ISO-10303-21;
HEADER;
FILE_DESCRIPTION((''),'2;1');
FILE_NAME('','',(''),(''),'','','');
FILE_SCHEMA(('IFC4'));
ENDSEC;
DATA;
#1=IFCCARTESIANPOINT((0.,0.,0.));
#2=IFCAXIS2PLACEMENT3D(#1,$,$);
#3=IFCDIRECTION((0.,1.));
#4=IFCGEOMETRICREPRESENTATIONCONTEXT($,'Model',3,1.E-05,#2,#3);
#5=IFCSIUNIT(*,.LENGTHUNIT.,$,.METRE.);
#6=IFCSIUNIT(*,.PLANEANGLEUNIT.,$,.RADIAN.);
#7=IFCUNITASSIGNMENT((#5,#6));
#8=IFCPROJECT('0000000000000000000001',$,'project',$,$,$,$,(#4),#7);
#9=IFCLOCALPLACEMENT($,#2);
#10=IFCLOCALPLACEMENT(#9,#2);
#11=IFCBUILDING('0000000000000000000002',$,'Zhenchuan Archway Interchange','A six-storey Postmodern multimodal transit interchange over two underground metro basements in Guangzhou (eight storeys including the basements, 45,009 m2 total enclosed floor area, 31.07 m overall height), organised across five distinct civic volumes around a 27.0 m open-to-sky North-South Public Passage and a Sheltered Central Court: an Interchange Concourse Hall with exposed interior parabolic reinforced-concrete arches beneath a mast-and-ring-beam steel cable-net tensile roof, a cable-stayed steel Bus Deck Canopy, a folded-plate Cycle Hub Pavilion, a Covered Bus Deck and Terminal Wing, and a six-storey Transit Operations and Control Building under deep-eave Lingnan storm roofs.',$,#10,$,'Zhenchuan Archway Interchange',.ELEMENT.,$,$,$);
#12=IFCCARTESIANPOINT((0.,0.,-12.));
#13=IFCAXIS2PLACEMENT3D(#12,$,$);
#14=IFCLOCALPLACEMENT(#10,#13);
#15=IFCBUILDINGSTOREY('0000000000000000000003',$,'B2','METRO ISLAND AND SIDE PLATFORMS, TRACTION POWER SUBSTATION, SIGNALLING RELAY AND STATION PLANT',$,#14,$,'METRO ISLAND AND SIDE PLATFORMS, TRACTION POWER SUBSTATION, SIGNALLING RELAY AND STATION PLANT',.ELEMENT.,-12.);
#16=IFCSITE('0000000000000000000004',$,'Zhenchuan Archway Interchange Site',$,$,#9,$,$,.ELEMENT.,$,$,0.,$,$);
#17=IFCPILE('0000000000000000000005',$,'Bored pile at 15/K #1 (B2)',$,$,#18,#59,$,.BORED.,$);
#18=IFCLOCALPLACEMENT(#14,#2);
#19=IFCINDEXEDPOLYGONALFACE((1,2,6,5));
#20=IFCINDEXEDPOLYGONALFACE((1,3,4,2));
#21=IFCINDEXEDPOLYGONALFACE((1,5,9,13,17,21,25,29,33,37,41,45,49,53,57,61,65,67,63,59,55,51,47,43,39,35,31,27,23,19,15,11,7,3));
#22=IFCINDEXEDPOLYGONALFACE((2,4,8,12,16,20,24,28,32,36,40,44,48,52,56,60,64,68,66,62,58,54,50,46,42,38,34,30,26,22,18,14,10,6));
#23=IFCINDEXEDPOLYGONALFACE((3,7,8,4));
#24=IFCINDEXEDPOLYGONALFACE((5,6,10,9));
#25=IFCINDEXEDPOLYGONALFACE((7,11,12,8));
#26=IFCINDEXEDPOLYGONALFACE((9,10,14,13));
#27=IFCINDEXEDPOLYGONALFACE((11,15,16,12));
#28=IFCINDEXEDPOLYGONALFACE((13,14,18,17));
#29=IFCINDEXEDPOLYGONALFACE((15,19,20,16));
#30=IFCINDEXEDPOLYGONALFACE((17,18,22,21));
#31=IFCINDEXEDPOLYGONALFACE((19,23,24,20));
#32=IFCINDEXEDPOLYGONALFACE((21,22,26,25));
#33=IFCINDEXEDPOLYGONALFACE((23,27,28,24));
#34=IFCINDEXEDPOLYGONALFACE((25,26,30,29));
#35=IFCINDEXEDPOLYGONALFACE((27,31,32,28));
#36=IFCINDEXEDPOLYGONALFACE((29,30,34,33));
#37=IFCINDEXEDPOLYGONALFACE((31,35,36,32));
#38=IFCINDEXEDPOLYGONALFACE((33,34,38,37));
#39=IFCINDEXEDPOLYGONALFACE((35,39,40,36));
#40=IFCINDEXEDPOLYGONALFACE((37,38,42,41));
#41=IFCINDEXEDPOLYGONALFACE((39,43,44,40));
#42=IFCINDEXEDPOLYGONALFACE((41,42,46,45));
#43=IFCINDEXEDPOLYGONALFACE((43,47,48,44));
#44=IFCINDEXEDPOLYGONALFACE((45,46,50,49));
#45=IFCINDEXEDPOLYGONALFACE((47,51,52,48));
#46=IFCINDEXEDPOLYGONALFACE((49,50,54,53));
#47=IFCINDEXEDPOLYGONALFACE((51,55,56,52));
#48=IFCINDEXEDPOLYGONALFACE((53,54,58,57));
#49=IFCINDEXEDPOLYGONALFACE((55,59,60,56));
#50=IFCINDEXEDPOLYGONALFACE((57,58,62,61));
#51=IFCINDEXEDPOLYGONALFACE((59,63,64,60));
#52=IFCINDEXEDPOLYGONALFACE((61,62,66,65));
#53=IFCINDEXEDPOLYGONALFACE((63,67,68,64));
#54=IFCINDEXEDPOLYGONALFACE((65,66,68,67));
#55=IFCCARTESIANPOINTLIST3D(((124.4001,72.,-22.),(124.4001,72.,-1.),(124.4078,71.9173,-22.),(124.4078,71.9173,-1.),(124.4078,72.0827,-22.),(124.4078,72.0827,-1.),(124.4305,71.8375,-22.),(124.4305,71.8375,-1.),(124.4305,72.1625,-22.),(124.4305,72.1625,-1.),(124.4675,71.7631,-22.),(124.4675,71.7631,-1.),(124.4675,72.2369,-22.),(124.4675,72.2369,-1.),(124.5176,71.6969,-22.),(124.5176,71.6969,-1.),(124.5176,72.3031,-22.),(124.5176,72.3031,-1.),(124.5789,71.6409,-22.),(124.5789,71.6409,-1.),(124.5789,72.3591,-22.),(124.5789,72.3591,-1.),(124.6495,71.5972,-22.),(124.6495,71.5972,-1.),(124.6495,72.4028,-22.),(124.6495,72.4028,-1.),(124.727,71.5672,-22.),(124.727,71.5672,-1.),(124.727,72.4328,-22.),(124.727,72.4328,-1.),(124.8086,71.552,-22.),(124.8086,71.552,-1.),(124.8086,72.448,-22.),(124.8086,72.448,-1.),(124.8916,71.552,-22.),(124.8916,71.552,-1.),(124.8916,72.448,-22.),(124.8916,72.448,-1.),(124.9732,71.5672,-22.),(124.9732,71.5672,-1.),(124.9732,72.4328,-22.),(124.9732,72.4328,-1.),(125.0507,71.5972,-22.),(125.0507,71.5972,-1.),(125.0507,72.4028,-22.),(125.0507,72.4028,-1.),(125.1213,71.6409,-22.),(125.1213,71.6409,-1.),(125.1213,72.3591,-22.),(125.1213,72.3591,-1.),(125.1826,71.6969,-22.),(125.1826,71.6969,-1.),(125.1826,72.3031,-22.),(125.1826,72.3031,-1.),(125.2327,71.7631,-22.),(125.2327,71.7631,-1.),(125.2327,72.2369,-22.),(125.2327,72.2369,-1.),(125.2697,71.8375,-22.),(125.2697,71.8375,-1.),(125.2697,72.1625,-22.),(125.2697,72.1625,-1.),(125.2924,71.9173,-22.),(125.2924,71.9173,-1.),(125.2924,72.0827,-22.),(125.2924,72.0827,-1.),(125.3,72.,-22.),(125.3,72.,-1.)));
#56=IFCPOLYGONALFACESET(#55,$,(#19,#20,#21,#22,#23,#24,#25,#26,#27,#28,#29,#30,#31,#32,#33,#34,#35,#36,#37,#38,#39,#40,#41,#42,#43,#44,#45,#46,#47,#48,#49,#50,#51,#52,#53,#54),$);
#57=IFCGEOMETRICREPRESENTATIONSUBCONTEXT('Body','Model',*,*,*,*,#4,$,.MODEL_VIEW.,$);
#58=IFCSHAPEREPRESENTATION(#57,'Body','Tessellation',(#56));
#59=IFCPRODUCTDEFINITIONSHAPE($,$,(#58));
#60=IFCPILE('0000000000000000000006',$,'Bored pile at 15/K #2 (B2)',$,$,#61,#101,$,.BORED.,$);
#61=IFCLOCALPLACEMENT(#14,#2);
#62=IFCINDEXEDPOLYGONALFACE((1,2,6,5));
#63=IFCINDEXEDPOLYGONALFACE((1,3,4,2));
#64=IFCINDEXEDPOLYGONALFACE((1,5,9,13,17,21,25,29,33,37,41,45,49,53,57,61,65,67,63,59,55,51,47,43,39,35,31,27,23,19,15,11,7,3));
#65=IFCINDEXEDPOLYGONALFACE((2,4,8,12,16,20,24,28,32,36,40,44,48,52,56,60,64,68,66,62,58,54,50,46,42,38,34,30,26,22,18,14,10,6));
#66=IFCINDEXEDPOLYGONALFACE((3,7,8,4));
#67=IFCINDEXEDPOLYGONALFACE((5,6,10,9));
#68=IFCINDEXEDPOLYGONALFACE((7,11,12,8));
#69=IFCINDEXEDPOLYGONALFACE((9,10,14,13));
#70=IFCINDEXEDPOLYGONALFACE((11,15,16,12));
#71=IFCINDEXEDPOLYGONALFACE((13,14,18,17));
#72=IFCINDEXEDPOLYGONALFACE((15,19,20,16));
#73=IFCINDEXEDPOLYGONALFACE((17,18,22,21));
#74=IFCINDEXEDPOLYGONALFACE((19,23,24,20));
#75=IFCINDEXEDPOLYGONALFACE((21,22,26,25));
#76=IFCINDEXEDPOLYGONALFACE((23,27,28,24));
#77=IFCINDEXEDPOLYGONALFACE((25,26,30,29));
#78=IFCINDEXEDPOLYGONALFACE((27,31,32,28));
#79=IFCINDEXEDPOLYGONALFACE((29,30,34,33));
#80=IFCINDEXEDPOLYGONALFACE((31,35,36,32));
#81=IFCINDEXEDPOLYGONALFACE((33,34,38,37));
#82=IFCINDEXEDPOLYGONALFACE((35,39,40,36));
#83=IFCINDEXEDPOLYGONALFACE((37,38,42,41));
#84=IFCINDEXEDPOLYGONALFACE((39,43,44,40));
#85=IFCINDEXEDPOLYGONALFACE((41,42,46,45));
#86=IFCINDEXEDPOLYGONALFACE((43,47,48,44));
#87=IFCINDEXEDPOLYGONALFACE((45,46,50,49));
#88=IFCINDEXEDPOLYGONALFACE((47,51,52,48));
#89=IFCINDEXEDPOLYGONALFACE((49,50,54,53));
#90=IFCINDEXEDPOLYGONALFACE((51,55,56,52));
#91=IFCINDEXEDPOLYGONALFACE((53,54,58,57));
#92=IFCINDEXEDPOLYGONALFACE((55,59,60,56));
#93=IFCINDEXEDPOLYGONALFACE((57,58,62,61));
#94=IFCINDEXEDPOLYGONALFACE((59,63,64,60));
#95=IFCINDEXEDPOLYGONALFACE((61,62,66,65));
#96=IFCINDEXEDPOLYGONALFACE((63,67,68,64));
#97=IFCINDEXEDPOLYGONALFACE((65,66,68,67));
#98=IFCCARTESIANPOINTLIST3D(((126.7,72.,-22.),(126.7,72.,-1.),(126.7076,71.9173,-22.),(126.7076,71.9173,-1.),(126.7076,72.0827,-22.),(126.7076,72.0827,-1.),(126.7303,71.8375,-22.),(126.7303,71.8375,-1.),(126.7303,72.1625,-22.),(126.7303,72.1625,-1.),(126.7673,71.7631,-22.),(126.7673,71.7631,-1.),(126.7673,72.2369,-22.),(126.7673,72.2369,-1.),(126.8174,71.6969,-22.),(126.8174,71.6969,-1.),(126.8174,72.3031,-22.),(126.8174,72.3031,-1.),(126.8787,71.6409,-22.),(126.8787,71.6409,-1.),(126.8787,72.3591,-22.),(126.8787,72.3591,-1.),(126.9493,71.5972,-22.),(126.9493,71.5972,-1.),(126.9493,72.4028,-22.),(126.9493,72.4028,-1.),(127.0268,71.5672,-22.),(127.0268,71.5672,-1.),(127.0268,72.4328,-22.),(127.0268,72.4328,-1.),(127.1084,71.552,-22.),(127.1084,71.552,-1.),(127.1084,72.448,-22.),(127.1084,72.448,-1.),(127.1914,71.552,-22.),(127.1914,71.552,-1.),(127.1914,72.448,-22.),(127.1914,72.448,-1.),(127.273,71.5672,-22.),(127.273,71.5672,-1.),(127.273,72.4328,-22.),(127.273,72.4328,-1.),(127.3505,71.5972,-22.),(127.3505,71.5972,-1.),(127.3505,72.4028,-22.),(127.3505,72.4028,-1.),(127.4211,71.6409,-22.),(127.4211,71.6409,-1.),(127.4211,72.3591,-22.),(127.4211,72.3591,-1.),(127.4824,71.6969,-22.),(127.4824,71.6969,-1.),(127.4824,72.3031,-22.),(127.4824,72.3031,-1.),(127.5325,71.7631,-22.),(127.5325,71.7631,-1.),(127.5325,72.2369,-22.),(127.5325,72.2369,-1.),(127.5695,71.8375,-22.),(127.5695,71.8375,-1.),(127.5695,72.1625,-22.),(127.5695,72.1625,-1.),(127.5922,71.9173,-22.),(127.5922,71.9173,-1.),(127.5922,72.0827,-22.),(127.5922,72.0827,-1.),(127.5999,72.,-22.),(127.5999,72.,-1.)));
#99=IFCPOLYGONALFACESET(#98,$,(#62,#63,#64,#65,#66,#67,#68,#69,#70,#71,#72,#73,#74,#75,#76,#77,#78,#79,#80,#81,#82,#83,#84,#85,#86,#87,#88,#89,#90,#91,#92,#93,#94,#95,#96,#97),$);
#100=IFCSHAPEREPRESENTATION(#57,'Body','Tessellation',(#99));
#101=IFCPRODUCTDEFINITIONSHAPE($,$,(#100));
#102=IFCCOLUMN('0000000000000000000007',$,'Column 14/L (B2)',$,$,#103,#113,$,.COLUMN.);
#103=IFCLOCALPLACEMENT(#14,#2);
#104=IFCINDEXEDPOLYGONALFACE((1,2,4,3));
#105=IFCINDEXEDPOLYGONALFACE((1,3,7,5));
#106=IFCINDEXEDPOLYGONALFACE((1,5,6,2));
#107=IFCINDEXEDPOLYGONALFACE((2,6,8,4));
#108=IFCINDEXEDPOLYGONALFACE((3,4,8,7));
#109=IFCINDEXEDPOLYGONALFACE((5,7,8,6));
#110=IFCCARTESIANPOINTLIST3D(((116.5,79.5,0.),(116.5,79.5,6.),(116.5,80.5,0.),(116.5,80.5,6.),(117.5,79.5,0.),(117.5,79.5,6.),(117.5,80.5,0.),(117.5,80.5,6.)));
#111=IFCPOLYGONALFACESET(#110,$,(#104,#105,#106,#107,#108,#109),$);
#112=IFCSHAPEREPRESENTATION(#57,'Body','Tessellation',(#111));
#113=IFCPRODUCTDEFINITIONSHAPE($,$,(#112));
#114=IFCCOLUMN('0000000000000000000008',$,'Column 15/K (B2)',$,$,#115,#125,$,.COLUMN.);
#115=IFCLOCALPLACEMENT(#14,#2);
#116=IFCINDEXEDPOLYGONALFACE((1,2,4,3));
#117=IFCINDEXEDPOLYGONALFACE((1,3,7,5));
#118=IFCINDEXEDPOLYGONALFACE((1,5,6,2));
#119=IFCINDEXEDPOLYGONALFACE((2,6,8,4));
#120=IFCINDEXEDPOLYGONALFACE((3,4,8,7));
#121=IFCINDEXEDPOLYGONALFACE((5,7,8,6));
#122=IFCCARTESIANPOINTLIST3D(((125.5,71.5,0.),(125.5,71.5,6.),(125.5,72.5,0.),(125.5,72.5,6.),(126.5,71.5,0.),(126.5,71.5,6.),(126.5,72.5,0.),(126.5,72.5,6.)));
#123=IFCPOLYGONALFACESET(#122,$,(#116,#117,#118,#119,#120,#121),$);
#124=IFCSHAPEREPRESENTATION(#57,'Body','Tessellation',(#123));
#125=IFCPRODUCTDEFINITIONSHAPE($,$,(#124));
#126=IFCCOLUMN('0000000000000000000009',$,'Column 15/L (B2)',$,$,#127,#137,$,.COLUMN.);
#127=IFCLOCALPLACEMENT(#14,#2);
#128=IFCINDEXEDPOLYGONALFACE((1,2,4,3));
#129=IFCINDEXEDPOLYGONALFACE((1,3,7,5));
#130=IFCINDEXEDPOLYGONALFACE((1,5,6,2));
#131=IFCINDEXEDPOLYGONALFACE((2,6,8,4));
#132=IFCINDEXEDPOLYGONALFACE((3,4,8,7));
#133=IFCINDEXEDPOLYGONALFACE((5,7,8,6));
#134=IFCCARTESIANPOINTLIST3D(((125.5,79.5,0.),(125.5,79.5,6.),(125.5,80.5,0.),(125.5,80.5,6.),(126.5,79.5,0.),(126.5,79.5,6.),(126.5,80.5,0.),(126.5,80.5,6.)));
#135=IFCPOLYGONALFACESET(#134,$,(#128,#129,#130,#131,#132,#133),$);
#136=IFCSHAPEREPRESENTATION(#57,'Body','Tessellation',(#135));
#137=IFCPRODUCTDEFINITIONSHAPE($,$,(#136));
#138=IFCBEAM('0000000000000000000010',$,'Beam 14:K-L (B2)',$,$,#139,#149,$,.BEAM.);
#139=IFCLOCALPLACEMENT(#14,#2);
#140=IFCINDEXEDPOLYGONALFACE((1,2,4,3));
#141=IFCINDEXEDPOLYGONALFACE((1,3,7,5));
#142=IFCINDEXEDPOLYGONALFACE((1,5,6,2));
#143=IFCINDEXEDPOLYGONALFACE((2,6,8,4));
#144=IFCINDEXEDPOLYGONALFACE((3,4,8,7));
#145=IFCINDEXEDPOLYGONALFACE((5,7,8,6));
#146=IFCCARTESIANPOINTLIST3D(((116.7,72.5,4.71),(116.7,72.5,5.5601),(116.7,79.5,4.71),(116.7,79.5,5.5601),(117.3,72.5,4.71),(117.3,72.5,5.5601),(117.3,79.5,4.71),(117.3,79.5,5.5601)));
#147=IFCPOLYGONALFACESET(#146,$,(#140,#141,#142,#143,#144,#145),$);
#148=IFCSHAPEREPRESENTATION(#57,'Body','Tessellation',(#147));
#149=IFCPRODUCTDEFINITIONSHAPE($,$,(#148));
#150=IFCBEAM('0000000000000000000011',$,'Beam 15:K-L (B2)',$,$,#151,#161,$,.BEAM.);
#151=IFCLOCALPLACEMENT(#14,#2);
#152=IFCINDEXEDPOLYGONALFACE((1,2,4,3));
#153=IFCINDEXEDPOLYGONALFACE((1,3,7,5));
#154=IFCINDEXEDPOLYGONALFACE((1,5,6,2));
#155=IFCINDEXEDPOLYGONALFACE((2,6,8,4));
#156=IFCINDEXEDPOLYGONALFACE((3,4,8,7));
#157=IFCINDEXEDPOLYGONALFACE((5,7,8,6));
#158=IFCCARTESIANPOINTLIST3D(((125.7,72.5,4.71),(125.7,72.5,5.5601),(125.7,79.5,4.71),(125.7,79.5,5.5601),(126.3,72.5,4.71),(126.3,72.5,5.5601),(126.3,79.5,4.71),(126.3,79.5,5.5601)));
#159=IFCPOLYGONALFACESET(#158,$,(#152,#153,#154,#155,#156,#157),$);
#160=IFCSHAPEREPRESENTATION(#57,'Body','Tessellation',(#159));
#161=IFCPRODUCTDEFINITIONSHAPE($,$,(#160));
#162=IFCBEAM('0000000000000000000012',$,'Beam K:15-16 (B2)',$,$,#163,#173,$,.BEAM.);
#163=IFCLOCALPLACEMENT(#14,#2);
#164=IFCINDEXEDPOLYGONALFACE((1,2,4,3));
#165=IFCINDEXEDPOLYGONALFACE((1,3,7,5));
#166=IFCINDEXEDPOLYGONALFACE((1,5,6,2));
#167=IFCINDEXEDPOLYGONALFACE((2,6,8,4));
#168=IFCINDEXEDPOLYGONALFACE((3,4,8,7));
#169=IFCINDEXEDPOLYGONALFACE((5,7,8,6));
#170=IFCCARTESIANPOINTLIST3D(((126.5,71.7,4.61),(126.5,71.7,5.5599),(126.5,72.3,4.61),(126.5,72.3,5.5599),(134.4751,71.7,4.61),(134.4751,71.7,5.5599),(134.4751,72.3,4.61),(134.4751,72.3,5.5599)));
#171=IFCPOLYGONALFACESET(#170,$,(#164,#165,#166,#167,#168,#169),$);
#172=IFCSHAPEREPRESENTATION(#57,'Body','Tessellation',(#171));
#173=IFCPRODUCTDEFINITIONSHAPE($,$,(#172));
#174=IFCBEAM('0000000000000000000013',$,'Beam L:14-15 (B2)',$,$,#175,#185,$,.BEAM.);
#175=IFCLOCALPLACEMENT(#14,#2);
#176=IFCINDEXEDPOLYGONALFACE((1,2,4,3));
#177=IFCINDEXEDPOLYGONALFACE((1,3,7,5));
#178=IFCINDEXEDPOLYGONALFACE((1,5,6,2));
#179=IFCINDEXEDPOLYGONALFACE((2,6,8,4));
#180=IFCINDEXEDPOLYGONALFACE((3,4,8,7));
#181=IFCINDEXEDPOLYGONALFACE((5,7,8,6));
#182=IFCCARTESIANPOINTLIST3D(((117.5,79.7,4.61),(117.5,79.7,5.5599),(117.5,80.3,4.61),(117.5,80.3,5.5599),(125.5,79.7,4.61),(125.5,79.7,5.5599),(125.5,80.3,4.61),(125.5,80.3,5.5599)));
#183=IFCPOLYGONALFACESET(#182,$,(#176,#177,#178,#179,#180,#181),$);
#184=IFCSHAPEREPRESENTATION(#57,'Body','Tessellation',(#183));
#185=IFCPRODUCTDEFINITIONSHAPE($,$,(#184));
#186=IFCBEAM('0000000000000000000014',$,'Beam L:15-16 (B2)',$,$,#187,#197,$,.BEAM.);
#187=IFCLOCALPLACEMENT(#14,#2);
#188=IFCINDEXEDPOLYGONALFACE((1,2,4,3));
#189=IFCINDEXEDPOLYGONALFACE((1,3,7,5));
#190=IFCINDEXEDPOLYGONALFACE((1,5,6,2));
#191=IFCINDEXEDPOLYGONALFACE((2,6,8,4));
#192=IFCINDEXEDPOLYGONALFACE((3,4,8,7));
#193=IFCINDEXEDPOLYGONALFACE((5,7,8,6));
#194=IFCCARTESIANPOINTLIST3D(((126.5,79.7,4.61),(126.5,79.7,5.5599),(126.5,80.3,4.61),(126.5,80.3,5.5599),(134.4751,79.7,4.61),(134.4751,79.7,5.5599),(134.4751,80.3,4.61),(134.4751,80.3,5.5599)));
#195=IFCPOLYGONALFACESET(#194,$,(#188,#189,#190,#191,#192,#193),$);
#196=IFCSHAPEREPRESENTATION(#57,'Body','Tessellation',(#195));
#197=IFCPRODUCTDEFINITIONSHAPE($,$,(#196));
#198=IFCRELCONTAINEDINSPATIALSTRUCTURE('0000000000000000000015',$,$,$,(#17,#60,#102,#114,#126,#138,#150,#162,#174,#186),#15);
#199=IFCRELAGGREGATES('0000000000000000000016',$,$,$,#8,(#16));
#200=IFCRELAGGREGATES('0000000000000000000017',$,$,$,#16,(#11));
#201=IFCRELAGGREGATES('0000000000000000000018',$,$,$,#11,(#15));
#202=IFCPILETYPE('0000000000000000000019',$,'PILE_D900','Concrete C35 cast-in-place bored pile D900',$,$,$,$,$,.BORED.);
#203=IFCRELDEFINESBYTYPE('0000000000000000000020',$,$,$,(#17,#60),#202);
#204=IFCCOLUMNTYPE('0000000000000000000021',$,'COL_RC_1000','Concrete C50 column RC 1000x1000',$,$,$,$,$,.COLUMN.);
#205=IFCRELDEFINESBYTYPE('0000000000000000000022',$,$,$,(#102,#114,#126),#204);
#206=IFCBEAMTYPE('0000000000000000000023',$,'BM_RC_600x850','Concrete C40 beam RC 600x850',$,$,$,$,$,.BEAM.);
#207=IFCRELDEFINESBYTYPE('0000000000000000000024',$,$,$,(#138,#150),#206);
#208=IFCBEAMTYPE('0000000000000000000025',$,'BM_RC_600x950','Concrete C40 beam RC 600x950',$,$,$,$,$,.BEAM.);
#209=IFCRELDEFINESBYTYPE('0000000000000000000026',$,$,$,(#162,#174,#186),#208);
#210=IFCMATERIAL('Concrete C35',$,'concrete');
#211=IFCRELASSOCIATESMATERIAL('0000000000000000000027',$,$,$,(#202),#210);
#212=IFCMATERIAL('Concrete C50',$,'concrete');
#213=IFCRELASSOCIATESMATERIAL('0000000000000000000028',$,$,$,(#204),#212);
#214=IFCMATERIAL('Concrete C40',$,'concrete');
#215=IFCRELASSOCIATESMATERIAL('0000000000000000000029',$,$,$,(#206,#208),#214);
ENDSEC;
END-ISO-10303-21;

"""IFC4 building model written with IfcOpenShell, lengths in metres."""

from ifc_helpers import new_model, si_unit, direction, frame, origin, origin_2d, place, context, subcontext, project, spatial, rectangle, circle, extrude, material, material_profile, profile_set, type_object, element, save


model = new_model("IFC4")

# Units and contexts
model_context = context("Model", 3, precision=1e-05, world=origin(), true_north=direction((0.0, 1.0)))
body_context = subcontext(model_context, "Body", "Model", "MODEL_VIEW")
ifc_project = project(units=[si_unit("LENGTHUNIT", "METRE"), si_unit("PLANEANGLEUNIT", "RADIAN")], contexts=[model_context])

# Site, building, storey
site_placement = place(None, origin())
site = spatial("IfcSite", under=ifc_project, at=site_placement, Name="Zhenchuan Archway Interchange Site", CompositionType="ELEMENT", RefElevation=0.0)
building_placement = place(site_placement, origin())
building = spatial("IfcBuilding", under=site, at=building_placement, Name="Zhenchuan Archway Interchange", Description="A six-storey Postmodern multimodal transit interchange over two underground metro basements in Guangzhou (eight storeys including the basements, 45,009 m2 total enclosed floor area, 31.07 m overall height), organised across five distinct civic volumes around a 27.0 m open-to-sky North-South Public Passage and a Sheltered Central Court: an Interchange Concourse Hall with exposed interior parabolic reinforced-concrete arches beneath a mast-and-ring-beam steel cable-net tensile roof, a cable-stayed steel Bus Deck Canopy, a folded-plate Cycle Hub Pavilion, a Covered Bus Deck and Terminal Wing, and a six-storey Transit Operations and Control Building under deep-eave Lingnan storm roofs.", LongName="Zhenchuan Archway Interchange", CompositionType="ELEMENT")
storey_placement = place(building_placement, frame((0.0, 0.0, -12.0)))
storey = spatial("IfcBuildingStorey", under=building, at=storey_placement, Name="B2", Description="METRO ISLAND AND SIDE PLATFORMS, TRACTION POWER SUBSTATION, SIGNALLING RELAY AND STATION PLANT", LongName="METRO ISLAND AND SIDE PLATFORMS, TRACTION POWER SUBSTATION, SIGNALLING RELAY AND STATION PLANT", CompositionType="ELEMENT", Elevation=-12.0)

# Shared definitions
ifc_material_1 = material(Name="Concrete C40", Category="concrete")

# Piles
ifc_material_2 = material(Name="Concrete C35", Category="concrete")
ifc_material_profile_1 = material_profile(ifc_material_2, circle(Radius=0.45, at=origin_2d()), Name="BORED PILE 900")
ifc_profile_set_1 = profile_set([ifc_material_profile_1], Name="Concrete C35")
pile_type_1 = type_object("IfcPileType", Name="PILE_D900", Description="Concrete C35 cast-in-place bored pile D900", PredefinedType="BORED", material=ifc_profile_set_1)
for number, where, z_axis, x_axis, name in (
    (1, (124.8501, 72.0, -1.0), (0.0, 0.0, -1.0), (1.0, 0.0, 0.0), "Bored pile at 15/K #1 (B2)"),
    (2, (127.1499, 72.0, -1.0), (0.0, 0.0, -1.0), (1.0, 0.0, 0.0), "Bored pile at 15/K #2 (B2)"),
):
    element("IfcPile", number, at=place(storey_placement, frame(where, z_axis=z_axis, x_axis=x_axis)), inside=storey, type_object=pile_type_1, Name=name, PredefinedType="BORED", context=body_context, shape_type="SweptSolid", body=[
        extrude(circle(Radius=0.45, at=origin_2d()), origin(), (0.0, 0.0, 1.0), 21.0),
    ])

# Columns
ifc_material_3 = material(Name="Concrete C50", Category="concrete")
ifc_material_profile_2 = material_profile(ifc_material_3, rectangle(XDim=1.0, YDim=1.0, at=origin_2d()), Name="RC 1000x1000")
ifc_profile_set_2 = profile_set([ifc_material_profile_2], Name="Concrete C50")
column_type = type_object("IfcColumnType", Name="COL_RC_1000", Description="Concrete C50 column RC 1000x1000", PredefinedType="COLUMN", material=ifc_profile_set_2)
for number, where, z_axis, x_axis, name in (
    (3, (117.0, 80.0, 0.0), (0.0, 0.0, 1.0), (1.0, 0.0, 0.0), "Column 14/L (B2)"),
    (4, (126.0, 72.0, 0.0), (0.0, 0.0, 1.0), (1.0, 0.0, 0.0), "Column 15/K (B2)"),
    (5, (126.0, 80.0, 0.0), (0.0, 0.0, 1.0), (1.0, 0.0, 0.0), "Column 15/L (B2)"),
):
    element("IfcColumn", number, at=place(storey_placement, frame(where, z_axis=z_axis, x_axis=x_axis)), inside=storey, type_object=column_type, Name=name, PredefinedType="COLUMN", context=body_context, shape_type="SweptSolid", body=[
        extrude(rectangle(XDim=1.0, YDim=1.0, at=origin_2d()), origin(), (0.0, 0.0, 1.0), 6.0),
    ])

# Beams
ifc_material_profile_3 = material_profile(ifc_material_1, rectangle(XDim=0.6001, YDim=0.8501, at=origin_2d()), Name="RC 600x850")
ifc_profile_set_3 = profile_set([ifc_material_profile_3], Name="Concrete C40")
beam_type_1 = type_object("IfcBeamType", Name="BM_RC_600x850", Description="Concrete C40 beam RC 600x850", PredefinedType="BEAM", material=ifc_profile_set_3)
for number, where, z_axis, x_axis, name in (
    (6, (117.0, 72.5, 5.135), (0.0, 1.0, 0.0), (-1.0, 0.0, 0.0), "Beam 14:K-L (B2)"),
    (7, (126.0, 72.5, 5.135), (0.0, 1.0, 0.0), (-1.0, 0.0, 0.0), "Beam 15:K-L (B2)"),
):
    element("IfcBeam", number, at=place(storey_placement, frame(where, z_axis=z_axis, x_axis=x_axis)), inside=storey, type_object=beam_type_1, Name=name, PredefinedType="BEAM", context=body_context, shape_type="SweptSolid", body=[
        extrude(rectangle(XDim=0.6001, YDim=0.8501, at=origin_2d()), origin(), (0.0, 0.0, 1.0), 7.0),
    ])
ifc_material_profile_4 = material_profile(ifc_material_1, rectangle(XDim=0.6001, YDim=0.95, at=origin_2d()), Name="RC 600x950")
ifc_profile_set_4 = profile_set([ifc_material_profile_4], Name="Concrete C40")
beam_type_2 = type_object("IfcBeamType", Name="BM_RC_600x950", Description="Concrete C40 beam RC 600x950", PredefinedType="BEAM", material=ifc_profile_set_4)
beam_1_placement = place(storey_placement, frame((126.5, 72.0, 5.085), z_axis=(1.0, 0.0, 0.0), x_axis=(0.0, 1.0, 0.0)))
element("IfcBeam", 8, at=beam_1_placement, inside=storey, type_object=beam_type_2, Name="Beam K:15-16 (B2)", PredefinedType="BEAM", context=body_context, shape_type="SweptSolid", body=[
    extrude(rectangle(XDim=0.6001, YDim=0.95, at=origin_2d()), origin(), (0.0, 0.0, 1.0), 7.9751),
])
beam_2_placement = place(storey_placement, frame((117.5, 80.0, 5.085), z_axis=(1.0, 0.0, 0.0), x_axis=(0.0, 1.0, 0.0)))
element("IfcBeam", 9, at=beam_2_placement, inside=storey, type_object=beam_type_2, Name="Beam L:14-15 (B2)", PredefinedType="BEAM", context=body_context, shape_type="SweptSolid", body=[
    extrude(rectangle(XDim=0.6001, YDim=0.95, at=origin_2d()), origin(), (0.0, 0.0, 1.0), 8.0),
])
beam_3_placement = place(storey_placement, frame((126.5, 80.0, 5.085), z_axis=(1.0, 0.0, 0.0), x_axis=(0.0, 1.0, 0.0)))
element("IfcBeam", 10, at=beam_3_placement, inside=storey, type_object=beam_type_2, Name="Beam L:15-16 (B2)", PredefinedType="BEAM", context=body_context, shape_type="SweptSolid", body=[
    extrude(rectangle(XDim=0.6001, YDim=0.95, at=origin_2d()), origin(), (0.0, 0.0, 1.0), 7.9751),
])

save(model, "model.ifc")
